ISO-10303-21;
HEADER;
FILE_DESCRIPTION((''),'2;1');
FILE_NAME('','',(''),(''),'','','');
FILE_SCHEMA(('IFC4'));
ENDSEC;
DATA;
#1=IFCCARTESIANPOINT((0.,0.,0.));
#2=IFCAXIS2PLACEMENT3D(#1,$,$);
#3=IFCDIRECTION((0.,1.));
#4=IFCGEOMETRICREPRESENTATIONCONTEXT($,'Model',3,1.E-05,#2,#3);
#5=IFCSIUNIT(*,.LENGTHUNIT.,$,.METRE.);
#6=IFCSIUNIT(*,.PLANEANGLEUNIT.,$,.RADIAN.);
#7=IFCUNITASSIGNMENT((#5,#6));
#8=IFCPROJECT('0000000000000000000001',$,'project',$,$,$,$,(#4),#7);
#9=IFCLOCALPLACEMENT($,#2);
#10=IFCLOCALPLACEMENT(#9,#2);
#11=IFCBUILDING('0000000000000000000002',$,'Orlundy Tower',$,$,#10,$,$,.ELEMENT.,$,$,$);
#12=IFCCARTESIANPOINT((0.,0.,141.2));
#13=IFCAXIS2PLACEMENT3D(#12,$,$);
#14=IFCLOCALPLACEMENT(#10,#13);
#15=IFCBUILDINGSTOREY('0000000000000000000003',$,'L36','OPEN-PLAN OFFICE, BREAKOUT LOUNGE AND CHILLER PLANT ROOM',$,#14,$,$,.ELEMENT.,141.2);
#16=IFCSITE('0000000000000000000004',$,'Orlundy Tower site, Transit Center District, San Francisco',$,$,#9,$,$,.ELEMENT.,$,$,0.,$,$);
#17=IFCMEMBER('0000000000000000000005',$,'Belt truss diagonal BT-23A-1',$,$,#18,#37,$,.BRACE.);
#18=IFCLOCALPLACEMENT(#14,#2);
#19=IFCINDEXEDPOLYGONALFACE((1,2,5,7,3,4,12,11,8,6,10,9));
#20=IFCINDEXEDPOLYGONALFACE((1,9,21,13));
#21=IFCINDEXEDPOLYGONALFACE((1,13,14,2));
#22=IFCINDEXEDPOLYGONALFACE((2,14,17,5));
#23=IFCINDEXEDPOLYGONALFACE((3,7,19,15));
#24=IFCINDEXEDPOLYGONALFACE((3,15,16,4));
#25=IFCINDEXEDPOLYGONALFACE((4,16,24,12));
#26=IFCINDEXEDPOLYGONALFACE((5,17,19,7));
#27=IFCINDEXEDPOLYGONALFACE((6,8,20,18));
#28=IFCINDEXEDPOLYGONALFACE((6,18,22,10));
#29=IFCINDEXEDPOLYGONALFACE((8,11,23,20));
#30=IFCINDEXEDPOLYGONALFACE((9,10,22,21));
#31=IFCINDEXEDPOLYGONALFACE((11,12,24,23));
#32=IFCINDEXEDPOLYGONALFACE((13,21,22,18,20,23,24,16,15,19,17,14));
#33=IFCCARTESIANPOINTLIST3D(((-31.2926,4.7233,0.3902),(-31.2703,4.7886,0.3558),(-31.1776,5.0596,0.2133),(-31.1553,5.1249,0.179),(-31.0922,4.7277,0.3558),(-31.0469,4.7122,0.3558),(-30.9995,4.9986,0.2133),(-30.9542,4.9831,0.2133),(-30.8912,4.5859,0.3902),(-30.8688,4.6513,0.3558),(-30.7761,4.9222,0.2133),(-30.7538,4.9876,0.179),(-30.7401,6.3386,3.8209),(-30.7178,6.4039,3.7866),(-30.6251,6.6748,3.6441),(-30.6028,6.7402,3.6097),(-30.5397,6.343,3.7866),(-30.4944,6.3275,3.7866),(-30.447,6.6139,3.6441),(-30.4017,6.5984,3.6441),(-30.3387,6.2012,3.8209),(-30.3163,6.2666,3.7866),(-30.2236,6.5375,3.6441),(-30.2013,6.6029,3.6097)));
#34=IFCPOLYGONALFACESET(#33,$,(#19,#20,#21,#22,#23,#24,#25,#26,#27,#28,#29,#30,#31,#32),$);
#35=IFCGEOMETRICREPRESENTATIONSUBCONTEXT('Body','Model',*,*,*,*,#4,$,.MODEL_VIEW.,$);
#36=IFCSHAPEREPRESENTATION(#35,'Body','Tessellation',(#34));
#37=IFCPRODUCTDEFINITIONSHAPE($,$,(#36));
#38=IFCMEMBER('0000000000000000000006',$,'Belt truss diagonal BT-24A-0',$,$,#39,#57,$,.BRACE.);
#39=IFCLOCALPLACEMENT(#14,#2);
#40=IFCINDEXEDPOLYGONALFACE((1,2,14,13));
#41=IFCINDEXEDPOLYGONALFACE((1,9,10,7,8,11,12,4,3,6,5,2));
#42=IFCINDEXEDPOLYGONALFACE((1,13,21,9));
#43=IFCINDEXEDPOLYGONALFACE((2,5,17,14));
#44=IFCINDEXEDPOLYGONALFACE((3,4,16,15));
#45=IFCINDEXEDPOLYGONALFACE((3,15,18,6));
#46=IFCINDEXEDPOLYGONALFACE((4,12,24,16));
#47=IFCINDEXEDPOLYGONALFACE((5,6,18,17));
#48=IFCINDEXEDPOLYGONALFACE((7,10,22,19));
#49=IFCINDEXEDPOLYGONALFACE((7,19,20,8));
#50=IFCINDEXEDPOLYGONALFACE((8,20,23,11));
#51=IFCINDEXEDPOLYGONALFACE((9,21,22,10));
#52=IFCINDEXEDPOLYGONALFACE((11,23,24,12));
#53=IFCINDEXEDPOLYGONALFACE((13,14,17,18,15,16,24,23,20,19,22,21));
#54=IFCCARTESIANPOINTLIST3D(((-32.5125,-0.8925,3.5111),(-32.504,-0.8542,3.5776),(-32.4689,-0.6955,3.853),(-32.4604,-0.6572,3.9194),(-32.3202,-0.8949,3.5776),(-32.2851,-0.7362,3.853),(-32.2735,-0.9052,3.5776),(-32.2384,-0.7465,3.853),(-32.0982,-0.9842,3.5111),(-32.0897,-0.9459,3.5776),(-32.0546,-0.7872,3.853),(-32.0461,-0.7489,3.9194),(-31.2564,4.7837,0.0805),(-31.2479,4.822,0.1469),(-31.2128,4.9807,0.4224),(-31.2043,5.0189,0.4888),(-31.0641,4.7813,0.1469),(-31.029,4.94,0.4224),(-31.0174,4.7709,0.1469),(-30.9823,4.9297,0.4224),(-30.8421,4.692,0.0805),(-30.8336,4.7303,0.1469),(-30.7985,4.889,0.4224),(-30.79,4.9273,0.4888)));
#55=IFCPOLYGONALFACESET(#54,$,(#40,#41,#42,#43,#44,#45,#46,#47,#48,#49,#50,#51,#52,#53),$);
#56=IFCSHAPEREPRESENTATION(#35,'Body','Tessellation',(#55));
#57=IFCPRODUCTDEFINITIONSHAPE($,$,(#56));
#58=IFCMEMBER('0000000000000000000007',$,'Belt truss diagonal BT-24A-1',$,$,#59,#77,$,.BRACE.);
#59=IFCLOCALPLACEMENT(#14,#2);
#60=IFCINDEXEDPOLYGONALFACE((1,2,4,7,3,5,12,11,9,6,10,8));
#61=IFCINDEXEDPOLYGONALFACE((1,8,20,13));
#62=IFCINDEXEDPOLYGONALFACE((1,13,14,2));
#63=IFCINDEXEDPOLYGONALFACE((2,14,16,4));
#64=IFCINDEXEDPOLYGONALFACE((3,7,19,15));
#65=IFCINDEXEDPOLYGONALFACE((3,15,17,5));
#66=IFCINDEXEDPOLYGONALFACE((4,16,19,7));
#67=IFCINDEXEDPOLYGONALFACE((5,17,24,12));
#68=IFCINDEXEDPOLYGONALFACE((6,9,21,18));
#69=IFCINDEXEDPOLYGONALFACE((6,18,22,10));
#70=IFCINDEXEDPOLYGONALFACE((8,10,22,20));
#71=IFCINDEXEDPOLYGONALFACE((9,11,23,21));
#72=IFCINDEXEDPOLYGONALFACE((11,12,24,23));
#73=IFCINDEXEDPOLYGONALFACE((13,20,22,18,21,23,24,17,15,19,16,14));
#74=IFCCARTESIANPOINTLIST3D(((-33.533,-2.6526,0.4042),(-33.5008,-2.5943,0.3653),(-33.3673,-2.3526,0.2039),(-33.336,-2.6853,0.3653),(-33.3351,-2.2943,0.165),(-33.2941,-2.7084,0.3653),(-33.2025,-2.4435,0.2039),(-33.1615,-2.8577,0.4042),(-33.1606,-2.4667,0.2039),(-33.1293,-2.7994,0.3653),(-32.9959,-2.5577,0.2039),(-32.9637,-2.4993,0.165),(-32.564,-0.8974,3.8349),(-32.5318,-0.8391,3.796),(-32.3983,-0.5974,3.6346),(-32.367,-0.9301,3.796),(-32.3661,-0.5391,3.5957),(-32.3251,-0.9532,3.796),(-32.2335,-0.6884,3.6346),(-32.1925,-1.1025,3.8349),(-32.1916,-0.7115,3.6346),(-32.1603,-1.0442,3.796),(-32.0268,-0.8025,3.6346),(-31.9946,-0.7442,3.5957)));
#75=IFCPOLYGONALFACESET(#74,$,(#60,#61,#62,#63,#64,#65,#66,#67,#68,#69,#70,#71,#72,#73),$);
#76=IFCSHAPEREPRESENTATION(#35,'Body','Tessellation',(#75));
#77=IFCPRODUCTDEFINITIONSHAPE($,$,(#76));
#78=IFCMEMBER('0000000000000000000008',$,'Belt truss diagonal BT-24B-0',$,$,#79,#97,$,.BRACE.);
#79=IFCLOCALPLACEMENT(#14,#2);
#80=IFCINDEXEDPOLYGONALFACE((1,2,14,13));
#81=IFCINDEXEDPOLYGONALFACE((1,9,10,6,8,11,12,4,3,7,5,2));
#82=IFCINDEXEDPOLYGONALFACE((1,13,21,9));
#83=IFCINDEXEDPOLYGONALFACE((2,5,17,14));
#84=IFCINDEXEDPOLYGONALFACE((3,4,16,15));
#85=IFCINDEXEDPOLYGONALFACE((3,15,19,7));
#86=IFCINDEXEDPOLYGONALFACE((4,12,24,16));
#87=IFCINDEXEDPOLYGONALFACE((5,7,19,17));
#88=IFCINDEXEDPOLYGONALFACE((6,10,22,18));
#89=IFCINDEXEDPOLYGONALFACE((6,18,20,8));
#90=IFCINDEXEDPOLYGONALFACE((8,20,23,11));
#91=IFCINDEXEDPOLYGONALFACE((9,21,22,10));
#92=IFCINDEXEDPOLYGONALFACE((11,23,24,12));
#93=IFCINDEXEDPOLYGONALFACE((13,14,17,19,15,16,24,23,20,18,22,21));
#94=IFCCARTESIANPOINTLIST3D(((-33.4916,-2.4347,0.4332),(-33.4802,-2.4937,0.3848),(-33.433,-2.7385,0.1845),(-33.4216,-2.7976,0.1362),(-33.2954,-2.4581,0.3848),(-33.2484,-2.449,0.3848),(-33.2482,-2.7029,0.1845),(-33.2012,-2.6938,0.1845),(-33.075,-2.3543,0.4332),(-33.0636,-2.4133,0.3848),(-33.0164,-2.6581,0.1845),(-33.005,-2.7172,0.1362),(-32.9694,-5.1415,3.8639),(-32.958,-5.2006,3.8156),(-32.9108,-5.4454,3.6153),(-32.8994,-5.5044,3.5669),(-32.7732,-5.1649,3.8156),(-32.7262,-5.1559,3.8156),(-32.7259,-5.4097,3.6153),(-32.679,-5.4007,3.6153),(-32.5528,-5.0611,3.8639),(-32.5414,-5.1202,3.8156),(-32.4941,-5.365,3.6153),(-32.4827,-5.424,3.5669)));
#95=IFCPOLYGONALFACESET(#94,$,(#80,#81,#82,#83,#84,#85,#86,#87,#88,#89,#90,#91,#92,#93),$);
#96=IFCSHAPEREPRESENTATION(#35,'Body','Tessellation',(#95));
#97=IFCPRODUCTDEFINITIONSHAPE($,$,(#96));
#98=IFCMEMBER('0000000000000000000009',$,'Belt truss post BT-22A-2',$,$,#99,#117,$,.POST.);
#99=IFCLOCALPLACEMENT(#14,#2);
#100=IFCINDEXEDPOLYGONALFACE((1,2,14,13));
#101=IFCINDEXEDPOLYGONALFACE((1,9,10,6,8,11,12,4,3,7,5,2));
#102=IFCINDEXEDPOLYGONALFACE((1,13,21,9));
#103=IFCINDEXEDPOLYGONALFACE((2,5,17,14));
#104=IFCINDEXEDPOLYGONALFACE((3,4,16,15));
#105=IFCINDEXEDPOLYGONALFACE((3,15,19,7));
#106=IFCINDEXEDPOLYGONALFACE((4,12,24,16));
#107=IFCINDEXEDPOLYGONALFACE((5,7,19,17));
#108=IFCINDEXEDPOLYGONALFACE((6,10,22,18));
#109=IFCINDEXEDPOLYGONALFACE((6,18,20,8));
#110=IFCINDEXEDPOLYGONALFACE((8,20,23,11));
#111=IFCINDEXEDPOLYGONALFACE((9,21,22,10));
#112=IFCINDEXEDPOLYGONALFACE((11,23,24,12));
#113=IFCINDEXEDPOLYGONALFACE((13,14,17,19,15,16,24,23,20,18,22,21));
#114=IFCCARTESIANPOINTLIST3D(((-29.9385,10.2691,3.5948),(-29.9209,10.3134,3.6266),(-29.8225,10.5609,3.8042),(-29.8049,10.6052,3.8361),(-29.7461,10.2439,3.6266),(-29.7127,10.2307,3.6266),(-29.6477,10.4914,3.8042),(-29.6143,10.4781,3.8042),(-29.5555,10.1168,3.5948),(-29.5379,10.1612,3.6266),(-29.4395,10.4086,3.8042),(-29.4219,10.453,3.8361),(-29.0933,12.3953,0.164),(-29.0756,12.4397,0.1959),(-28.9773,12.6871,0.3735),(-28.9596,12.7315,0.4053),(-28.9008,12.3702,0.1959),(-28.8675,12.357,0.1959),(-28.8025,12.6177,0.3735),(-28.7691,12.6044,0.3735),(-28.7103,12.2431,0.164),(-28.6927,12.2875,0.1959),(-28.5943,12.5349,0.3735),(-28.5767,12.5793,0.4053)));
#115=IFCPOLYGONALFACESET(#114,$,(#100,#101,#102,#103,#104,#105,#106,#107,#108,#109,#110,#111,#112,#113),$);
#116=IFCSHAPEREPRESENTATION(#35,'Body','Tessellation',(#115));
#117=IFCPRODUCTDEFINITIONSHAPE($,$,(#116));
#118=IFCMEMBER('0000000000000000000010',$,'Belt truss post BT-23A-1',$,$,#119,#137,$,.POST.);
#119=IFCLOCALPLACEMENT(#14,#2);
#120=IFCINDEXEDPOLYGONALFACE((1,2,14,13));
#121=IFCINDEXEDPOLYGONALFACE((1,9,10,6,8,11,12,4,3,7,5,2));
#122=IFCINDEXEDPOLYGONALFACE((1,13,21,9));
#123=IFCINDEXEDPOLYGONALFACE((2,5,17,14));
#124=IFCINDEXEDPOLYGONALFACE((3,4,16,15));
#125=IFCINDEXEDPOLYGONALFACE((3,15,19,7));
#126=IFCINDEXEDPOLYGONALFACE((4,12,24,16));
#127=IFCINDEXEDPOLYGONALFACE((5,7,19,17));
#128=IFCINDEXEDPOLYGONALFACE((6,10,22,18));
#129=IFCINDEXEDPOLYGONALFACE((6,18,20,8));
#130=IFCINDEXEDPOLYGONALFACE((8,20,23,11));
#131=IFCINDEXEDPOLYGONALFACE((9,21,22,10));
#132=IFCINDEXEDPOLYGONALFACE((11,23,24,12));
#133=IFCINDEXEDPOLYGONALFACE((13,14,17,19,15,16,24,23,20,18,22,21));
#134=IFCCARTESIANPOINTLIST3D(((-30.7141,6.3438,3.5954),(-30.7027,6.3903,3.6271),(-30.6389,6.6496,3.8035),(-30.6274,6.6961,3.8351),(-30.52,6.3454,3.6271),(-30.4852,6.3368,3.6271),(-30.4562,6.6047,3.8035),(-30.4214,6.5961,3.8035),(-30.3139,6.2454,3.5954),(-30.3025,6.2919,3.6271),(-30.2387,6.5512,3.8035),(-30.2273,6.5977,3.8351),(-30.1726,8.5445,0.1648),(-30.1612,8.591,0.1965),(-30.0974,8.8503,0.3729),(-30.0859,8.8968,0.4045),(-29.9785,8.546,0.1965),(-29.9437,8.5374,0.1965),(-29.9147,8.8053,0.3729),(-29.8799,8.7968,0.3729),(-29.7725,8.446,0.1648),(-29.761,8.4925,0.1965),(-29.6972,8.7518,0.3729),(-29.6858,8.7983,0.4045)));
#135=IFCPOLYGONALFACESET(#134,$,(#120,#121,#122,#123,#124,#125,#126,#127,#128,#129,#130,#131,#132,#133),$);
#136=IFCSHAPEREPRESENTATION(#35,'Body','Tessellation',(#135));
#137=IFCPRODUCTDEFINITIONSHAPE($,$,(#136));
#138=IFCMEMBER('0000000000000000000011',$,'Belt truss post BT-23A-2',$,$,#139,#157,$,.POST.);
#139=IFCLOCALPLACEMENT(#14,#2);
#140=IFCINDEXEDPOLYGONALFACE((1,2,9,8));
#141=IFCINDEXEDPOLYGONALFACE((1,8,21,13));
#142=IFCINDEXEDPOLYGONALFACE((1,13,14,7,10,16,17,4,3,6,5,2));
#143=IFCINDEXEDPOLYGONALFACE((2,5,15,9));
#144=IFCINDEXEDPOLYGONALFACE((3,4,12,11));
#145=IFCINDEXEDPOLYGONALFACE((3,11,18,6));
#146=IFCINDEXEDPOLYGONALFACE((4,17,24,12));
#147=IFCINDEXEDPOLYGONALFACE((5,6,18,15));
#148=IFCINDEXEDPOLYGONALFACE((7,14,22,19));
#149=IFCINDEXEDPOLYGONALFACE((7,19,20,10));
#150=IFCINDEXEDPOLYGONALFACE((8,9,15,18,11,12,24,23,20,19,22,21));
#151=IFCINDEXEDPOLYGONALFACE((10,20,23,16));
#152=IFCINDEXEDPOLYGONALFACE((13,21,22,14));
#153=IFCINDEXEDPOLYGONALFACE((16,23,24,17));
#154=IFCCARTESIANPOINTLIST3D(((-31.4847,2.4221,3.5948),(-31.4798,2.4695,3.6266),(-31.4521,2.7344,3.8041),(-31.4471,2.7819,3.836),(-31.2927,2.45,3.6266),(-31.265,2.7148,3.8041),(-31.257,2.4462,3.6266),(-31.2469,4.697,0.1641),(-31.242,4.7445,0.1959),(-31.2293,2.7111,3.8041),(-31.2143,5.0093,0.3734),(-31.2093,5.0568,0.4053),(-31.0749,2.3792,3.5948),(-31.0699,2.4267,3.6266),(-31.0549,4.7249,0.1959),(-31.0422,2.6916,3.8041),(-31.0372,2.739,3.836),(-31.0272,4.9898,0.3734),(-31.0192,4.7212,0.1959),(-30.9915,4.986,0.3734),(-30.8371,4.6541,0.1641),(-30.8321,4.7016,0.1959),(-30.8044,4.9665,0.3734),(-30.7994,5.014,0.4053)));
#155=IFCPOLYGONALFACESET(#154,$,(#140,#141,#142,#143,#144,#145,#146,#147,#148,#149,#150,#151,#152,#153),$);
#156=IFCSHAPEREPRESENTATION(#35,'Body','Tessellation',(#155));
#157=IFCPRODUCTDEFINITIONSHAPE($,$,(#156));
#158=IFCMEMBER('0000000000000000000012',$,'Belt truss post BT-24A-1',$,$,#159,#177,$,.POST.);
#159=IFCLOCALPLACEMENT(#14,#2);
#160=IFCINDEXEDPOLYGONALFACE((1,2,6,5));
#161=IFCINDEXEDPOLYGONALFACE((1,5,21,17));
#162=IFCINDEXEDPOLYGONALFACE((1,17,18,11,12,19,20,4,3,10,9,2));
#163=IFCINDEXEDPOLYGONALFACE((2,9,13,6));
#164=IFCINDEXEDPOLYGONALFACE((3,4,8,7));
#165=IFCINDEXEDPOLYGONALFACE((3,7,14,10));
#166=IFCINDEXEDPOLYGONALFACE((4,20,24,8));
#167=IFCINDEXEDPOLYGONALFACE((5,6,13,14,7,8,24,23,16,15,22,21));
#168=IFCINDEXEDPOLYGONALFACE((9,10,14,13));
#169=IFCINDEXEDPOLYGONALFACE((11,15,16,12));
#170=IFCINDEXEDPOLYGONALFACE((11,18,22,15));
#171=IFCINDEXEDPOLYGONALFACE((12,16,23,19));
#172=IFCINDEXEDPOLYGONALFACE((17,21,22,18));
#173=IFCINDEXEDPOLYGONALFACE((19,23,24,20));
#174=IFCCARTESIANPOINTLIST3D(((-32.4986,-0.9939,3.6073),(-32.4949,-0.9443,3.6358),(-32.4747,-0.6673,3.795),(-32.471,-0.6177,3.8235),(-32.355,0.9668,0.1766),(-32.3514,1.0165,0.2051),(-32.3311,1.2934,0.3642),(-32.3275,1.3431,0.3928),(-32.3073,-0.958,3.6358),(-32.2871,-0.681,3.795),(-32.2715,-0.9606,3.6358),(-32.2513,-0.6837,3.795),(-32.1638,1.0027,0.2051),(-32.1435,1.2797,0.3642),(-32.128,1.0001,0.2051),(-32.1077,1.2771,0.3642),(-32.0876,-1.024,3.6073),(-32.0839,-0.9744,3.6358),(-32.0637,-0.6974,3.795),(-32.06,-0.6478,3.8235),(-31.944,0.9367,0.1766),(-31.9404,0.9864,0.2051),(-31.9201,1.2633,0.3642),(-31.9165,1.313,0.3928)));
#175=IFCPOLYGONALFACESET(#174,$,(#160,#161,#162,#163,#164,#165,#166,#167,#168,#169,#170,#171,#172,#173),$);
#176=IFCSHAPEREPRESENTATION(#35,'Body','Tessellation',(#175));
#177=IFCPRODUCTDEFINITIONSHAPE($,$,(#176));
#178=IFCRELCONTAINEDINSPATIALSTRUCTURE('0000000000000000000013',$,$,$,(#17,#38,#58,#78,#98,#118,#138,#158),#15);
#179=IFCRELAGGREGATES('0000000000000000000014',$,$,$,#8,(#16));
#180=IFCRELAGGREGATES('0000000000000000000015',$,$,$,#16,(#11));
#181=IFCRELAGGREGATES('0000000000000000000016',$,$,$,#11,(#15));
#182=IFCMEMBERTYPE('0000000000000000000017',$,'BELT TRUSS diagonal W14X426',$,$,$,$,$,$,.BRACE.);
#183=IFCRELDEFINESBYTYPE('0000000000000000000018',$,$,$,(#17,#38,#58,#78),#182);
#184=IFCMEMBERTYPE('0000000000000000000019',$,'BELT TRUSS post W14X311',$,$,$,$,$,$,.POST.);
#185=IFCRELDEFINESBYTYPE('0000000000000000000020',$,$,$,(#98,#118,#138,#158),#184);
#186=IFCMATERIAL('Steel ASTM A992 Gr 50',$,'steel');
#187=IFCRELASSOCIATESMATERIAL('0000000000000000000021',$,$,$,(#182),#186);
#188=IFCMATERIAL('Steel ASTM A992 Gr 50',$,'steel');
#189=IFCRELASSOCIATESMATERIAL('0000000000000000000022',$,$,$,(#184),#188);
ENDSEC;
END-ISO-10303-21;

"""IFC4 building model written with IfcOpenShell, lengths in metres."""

from ifc_helpers import new_model, si_unit, direction, frame, origin, origin_2d, place, context, subcontext, project, spatial, i_section, extrude, material, material_profile, profile_set, type_object, element, save


model = new_model("IFC4")

# Units and contexts
model_context = context("Model", 3, precision=1e-05, world=origin(), true_north=direction((0.0, 1.0)))
body_context = subcontext(model_context, "Body", "Model", "MODEL_VIEW")
ifc_project = project(units=[si_unit("LENGTHUNIT", "METRE"), si_unit("PLANEANGLEUNIT", "RADIAN")], contexts=[model_context])

# Site, building, storey
site_placement = place(None, origin())
site = spatial("IfcSite", under=ifc_project, at=site_placement, Name="Orlundy Tower site, Transit Center District, San Francisco", CompositionType="ELEMENT", RefElevation=0.0)
building_placement = place(site_placement, origin())
building = spatial("IfcBuilding", under=site, at=building_placement, Name="Orlundy Tower", CompositionType="ELEMENT")
storey_placement = place(building_placement, frame((0.0, 0.0, 141.2)))
storey = spatial("IfcBuildingStorey", under=building, at=storey_placement, Name="L36", Description="OPEN-PLAN OFFICE, BREAKOUT LOUNGE AND CHILLER PLANT ROOM", CompositionType="ELEMENT", Elevation=141.2)

# Members
ifc_material_1 = material(Name="Steel ASTM A992 Gr 50", Category="steel")
ifc_material_profile_1 = material_profile(ifc_material_1, i_section(OverallWidth=0.4243, OverallDepth=0.4741, WebThickness=0.0479, FlangeThickness=0.0771, at=origin_2d()), Name="W14X426")
ifc_profile_set_1 = profile_set([ifc_material_profile_1], Name="Steel ASTM A992 Gr 50")
member_type_1 = type_object("IfcMemberType", Name="BELT TRUSS diagonal W14X426", PredefinedType="BRACE", material=ifc_profile_set_1)
member_1_placement = place(storey_placement, frame((-30.4707, 6.4707, 3.7153), z_axis=(-0.144181, -0.42152, -0.895284), x_axis=(0.94618, -0.323641, 0.0)))
element("IfcMember", 1, at=member_1_placement, inside=storey, type_object=member_type_1, Name="Belt truss diagonal BT-23A-1", PredefinedType="BRACE", context=body_context, shape_type="SweptSolid", body=[
    extrude(i_section(OverallWidth=0.4243, OverallDepth=0.4741, WebThickness=0.0479, FlangeThickness=0.0771, at=origin_2d()), origin(), (0.0, 0.0, 1.0), 3.832),
])
member_2_placement = place(storey_placement, frame((-31.0232, 4.8555, 0.2847), z_axis=(-0.18608, -0.840885, 0.50822), x_axis=(0.976379, -0.216063, 0.0)))
element("IfcMember", 2, at=member_2_placement, inside=storey, type_object=member_type_1, Name="Belt truss diagonal BT-24A-0", PredefinedType="BRACE", context=body_context, shape_type="SweptSolid", body=[
    extrude(i_section(OverallWidth=0.4243, OverallDepth=0.4741, WebThickness=0.0479, FlangeThickness=0.0771, at=origin_2d()), origin(), (0.0, 0.0, 1.0), 6.7502),
])
member_3_placement = place(storey_placement, frame((-32.2793, -0.8208, 3.7153), z_axis=(-0.243863, -0.441706, -0.863381), x_axis=(0.875441, -0.483325, 0.0)))
element("IfcMember", 3, at=member_3_placement, inside=storey, type_object=member_type_1, Name="Belt truss diagonal BT-24A-1", PredefinedType="BRACE", context=body_context, shape_type="SweptSolid", body=[
    extrude(i_section(OverallWidth=0.4243, OverallDepth=0.4741, WebThickness=0.0479, FlangeThickness=0.0771, at=origin_2d()), origin(), (0.0, 0.0, 1.0), 3.9736),
])
member_4_placement = place(storey_placement, frame((-33.2483, -2.5759, 0.2847), z_axis=(0.118658, -0.615038, 0.779518), x_axis=(0.981893, 0.189435, 0.0)))
element("IfcMember", 4, at=member_4_placement, inside=storey, type_object=member_type_1, Name="Belt truss diagonal BT-24B-0", PredefinedType="BRACE", context=body_context, shape_type="SweptSolid", body=[
    extrude(i_section(OverallWidth=0.4243, OverallDepth=0.4741, WebThickness=0.0479, FlangeThickness=0.0771, at=origin_2d()), origin(), (0.0, 0.0, 1.0), 4.4011),
])
ifc_material_2 = material(Name="Steel ASTM A992 Gr 50", Category="steel")
ifc_material_profile_2 = material_profile(ifc_material_2, i_section(OverallWidth=0.4121, OverallDepth=0.4348, WebThickness=0.0359, FlangeThickness=0.0574, at=origin_2d()), Name="W14X311")
ifc_profile_set_2 = profile_set([ifc_material_profile_2], Name="Steel ASTM A992 Gr 50")
member_type_2 = type_object("IfcMemberType", Name="BELT TRUSS post W14X311", PredefinedType="POST", material=ifc_profile_set_2)
member_5_placement = place(storey_placement, frame((-28.835, 12.4873, 0.2847), z_axis=(-0.204967, -0.515614, 0.831944), x_axis=(0.929269, -0.369403, 0.0)))
element("IfcMember", 5, at=member_5_placement, inside=storey, type_object=member_type_2, Name="Belt truss post BT-22A-2", PredefinedType="POST", context=body_context, shape_type="SweptSolid", body=[
    extrude(i_section(OverallWidth=0.4121, OverallDepth=0.4348, WebThickness=0.0359, FlangeThickness=0.0574, at=origin_2d()), origin(), (0.0, 0.0, 1.0), 4.1238),
])
member_6_placement = place(storey_placement, frame((-29.9292, 8.6714, 0.2847), z_axis=(-0.1317, -0.535231, 0.834376), x_axis=(0.971036, -0.238935, 0.0)))
element("IfcMember", 6, at=member_6_placement, inside=storey, type_object=member_type_2, Name="Belt truss post BT-23A-1", PredefinedType="POST", context=body_context, shape_type="SweptSolid", body=[
    extrude(i_section(OverallWidth=0.4121, OverallDepth=0.4348, WebThickness=0.0359, FlangeThickness=0.0574, at=origin_2d()), origin(), (0.0, 0.0, 1.0), 4.1116),
])
member_7_placement = place(storey_placement, frame((-31.0232, 4.8555, 0.2847), z_axis=(-0.057671, -0.551726, 0.832029), x_axis=(0.994581, -0.103962, 0.0)))
element("IfcMember", 7, at=member_7_placement, inside=storey, type_object=member_type_2, Name="Belt truss post BT-23A-2", PredefinedType="POST", context=body_context, shape_type="SweptSolid", body=[
    extrude(i_section(OverallWidth=0.4121, OverallDepth=0.4348, WebThickness=0.0359, FlangeThickness=0.0574, at=origin_2d()), origin(), (0.0, 0.0, 1.0), 4.1233),
])
member_8_placement = place(storey_placement, frame((-32.1357, 1.1399, 0.2847), z_axis=(-0.036306, -0.495872, 0.867637), x_axis=(0.99733, -0.073021, 0.0)))
element("IfcMember", 8, at=member_8_placement, inside=storey, type_object=member_type_2, Name="Belt truss post BT-24A-1", PredefinedType="POST", context=body_context, shape_type="SweptSolid", body=[
    extrude(i_section(OverallWidth=0.4121, OverallDepth=0.4348, WebThickness=0.0359, FlangeThickness=0.0574, at=origin_2d()), origin(), (0.0, 0.0, 1.0), 3.9541),
])

save(model, "model.ifc")
